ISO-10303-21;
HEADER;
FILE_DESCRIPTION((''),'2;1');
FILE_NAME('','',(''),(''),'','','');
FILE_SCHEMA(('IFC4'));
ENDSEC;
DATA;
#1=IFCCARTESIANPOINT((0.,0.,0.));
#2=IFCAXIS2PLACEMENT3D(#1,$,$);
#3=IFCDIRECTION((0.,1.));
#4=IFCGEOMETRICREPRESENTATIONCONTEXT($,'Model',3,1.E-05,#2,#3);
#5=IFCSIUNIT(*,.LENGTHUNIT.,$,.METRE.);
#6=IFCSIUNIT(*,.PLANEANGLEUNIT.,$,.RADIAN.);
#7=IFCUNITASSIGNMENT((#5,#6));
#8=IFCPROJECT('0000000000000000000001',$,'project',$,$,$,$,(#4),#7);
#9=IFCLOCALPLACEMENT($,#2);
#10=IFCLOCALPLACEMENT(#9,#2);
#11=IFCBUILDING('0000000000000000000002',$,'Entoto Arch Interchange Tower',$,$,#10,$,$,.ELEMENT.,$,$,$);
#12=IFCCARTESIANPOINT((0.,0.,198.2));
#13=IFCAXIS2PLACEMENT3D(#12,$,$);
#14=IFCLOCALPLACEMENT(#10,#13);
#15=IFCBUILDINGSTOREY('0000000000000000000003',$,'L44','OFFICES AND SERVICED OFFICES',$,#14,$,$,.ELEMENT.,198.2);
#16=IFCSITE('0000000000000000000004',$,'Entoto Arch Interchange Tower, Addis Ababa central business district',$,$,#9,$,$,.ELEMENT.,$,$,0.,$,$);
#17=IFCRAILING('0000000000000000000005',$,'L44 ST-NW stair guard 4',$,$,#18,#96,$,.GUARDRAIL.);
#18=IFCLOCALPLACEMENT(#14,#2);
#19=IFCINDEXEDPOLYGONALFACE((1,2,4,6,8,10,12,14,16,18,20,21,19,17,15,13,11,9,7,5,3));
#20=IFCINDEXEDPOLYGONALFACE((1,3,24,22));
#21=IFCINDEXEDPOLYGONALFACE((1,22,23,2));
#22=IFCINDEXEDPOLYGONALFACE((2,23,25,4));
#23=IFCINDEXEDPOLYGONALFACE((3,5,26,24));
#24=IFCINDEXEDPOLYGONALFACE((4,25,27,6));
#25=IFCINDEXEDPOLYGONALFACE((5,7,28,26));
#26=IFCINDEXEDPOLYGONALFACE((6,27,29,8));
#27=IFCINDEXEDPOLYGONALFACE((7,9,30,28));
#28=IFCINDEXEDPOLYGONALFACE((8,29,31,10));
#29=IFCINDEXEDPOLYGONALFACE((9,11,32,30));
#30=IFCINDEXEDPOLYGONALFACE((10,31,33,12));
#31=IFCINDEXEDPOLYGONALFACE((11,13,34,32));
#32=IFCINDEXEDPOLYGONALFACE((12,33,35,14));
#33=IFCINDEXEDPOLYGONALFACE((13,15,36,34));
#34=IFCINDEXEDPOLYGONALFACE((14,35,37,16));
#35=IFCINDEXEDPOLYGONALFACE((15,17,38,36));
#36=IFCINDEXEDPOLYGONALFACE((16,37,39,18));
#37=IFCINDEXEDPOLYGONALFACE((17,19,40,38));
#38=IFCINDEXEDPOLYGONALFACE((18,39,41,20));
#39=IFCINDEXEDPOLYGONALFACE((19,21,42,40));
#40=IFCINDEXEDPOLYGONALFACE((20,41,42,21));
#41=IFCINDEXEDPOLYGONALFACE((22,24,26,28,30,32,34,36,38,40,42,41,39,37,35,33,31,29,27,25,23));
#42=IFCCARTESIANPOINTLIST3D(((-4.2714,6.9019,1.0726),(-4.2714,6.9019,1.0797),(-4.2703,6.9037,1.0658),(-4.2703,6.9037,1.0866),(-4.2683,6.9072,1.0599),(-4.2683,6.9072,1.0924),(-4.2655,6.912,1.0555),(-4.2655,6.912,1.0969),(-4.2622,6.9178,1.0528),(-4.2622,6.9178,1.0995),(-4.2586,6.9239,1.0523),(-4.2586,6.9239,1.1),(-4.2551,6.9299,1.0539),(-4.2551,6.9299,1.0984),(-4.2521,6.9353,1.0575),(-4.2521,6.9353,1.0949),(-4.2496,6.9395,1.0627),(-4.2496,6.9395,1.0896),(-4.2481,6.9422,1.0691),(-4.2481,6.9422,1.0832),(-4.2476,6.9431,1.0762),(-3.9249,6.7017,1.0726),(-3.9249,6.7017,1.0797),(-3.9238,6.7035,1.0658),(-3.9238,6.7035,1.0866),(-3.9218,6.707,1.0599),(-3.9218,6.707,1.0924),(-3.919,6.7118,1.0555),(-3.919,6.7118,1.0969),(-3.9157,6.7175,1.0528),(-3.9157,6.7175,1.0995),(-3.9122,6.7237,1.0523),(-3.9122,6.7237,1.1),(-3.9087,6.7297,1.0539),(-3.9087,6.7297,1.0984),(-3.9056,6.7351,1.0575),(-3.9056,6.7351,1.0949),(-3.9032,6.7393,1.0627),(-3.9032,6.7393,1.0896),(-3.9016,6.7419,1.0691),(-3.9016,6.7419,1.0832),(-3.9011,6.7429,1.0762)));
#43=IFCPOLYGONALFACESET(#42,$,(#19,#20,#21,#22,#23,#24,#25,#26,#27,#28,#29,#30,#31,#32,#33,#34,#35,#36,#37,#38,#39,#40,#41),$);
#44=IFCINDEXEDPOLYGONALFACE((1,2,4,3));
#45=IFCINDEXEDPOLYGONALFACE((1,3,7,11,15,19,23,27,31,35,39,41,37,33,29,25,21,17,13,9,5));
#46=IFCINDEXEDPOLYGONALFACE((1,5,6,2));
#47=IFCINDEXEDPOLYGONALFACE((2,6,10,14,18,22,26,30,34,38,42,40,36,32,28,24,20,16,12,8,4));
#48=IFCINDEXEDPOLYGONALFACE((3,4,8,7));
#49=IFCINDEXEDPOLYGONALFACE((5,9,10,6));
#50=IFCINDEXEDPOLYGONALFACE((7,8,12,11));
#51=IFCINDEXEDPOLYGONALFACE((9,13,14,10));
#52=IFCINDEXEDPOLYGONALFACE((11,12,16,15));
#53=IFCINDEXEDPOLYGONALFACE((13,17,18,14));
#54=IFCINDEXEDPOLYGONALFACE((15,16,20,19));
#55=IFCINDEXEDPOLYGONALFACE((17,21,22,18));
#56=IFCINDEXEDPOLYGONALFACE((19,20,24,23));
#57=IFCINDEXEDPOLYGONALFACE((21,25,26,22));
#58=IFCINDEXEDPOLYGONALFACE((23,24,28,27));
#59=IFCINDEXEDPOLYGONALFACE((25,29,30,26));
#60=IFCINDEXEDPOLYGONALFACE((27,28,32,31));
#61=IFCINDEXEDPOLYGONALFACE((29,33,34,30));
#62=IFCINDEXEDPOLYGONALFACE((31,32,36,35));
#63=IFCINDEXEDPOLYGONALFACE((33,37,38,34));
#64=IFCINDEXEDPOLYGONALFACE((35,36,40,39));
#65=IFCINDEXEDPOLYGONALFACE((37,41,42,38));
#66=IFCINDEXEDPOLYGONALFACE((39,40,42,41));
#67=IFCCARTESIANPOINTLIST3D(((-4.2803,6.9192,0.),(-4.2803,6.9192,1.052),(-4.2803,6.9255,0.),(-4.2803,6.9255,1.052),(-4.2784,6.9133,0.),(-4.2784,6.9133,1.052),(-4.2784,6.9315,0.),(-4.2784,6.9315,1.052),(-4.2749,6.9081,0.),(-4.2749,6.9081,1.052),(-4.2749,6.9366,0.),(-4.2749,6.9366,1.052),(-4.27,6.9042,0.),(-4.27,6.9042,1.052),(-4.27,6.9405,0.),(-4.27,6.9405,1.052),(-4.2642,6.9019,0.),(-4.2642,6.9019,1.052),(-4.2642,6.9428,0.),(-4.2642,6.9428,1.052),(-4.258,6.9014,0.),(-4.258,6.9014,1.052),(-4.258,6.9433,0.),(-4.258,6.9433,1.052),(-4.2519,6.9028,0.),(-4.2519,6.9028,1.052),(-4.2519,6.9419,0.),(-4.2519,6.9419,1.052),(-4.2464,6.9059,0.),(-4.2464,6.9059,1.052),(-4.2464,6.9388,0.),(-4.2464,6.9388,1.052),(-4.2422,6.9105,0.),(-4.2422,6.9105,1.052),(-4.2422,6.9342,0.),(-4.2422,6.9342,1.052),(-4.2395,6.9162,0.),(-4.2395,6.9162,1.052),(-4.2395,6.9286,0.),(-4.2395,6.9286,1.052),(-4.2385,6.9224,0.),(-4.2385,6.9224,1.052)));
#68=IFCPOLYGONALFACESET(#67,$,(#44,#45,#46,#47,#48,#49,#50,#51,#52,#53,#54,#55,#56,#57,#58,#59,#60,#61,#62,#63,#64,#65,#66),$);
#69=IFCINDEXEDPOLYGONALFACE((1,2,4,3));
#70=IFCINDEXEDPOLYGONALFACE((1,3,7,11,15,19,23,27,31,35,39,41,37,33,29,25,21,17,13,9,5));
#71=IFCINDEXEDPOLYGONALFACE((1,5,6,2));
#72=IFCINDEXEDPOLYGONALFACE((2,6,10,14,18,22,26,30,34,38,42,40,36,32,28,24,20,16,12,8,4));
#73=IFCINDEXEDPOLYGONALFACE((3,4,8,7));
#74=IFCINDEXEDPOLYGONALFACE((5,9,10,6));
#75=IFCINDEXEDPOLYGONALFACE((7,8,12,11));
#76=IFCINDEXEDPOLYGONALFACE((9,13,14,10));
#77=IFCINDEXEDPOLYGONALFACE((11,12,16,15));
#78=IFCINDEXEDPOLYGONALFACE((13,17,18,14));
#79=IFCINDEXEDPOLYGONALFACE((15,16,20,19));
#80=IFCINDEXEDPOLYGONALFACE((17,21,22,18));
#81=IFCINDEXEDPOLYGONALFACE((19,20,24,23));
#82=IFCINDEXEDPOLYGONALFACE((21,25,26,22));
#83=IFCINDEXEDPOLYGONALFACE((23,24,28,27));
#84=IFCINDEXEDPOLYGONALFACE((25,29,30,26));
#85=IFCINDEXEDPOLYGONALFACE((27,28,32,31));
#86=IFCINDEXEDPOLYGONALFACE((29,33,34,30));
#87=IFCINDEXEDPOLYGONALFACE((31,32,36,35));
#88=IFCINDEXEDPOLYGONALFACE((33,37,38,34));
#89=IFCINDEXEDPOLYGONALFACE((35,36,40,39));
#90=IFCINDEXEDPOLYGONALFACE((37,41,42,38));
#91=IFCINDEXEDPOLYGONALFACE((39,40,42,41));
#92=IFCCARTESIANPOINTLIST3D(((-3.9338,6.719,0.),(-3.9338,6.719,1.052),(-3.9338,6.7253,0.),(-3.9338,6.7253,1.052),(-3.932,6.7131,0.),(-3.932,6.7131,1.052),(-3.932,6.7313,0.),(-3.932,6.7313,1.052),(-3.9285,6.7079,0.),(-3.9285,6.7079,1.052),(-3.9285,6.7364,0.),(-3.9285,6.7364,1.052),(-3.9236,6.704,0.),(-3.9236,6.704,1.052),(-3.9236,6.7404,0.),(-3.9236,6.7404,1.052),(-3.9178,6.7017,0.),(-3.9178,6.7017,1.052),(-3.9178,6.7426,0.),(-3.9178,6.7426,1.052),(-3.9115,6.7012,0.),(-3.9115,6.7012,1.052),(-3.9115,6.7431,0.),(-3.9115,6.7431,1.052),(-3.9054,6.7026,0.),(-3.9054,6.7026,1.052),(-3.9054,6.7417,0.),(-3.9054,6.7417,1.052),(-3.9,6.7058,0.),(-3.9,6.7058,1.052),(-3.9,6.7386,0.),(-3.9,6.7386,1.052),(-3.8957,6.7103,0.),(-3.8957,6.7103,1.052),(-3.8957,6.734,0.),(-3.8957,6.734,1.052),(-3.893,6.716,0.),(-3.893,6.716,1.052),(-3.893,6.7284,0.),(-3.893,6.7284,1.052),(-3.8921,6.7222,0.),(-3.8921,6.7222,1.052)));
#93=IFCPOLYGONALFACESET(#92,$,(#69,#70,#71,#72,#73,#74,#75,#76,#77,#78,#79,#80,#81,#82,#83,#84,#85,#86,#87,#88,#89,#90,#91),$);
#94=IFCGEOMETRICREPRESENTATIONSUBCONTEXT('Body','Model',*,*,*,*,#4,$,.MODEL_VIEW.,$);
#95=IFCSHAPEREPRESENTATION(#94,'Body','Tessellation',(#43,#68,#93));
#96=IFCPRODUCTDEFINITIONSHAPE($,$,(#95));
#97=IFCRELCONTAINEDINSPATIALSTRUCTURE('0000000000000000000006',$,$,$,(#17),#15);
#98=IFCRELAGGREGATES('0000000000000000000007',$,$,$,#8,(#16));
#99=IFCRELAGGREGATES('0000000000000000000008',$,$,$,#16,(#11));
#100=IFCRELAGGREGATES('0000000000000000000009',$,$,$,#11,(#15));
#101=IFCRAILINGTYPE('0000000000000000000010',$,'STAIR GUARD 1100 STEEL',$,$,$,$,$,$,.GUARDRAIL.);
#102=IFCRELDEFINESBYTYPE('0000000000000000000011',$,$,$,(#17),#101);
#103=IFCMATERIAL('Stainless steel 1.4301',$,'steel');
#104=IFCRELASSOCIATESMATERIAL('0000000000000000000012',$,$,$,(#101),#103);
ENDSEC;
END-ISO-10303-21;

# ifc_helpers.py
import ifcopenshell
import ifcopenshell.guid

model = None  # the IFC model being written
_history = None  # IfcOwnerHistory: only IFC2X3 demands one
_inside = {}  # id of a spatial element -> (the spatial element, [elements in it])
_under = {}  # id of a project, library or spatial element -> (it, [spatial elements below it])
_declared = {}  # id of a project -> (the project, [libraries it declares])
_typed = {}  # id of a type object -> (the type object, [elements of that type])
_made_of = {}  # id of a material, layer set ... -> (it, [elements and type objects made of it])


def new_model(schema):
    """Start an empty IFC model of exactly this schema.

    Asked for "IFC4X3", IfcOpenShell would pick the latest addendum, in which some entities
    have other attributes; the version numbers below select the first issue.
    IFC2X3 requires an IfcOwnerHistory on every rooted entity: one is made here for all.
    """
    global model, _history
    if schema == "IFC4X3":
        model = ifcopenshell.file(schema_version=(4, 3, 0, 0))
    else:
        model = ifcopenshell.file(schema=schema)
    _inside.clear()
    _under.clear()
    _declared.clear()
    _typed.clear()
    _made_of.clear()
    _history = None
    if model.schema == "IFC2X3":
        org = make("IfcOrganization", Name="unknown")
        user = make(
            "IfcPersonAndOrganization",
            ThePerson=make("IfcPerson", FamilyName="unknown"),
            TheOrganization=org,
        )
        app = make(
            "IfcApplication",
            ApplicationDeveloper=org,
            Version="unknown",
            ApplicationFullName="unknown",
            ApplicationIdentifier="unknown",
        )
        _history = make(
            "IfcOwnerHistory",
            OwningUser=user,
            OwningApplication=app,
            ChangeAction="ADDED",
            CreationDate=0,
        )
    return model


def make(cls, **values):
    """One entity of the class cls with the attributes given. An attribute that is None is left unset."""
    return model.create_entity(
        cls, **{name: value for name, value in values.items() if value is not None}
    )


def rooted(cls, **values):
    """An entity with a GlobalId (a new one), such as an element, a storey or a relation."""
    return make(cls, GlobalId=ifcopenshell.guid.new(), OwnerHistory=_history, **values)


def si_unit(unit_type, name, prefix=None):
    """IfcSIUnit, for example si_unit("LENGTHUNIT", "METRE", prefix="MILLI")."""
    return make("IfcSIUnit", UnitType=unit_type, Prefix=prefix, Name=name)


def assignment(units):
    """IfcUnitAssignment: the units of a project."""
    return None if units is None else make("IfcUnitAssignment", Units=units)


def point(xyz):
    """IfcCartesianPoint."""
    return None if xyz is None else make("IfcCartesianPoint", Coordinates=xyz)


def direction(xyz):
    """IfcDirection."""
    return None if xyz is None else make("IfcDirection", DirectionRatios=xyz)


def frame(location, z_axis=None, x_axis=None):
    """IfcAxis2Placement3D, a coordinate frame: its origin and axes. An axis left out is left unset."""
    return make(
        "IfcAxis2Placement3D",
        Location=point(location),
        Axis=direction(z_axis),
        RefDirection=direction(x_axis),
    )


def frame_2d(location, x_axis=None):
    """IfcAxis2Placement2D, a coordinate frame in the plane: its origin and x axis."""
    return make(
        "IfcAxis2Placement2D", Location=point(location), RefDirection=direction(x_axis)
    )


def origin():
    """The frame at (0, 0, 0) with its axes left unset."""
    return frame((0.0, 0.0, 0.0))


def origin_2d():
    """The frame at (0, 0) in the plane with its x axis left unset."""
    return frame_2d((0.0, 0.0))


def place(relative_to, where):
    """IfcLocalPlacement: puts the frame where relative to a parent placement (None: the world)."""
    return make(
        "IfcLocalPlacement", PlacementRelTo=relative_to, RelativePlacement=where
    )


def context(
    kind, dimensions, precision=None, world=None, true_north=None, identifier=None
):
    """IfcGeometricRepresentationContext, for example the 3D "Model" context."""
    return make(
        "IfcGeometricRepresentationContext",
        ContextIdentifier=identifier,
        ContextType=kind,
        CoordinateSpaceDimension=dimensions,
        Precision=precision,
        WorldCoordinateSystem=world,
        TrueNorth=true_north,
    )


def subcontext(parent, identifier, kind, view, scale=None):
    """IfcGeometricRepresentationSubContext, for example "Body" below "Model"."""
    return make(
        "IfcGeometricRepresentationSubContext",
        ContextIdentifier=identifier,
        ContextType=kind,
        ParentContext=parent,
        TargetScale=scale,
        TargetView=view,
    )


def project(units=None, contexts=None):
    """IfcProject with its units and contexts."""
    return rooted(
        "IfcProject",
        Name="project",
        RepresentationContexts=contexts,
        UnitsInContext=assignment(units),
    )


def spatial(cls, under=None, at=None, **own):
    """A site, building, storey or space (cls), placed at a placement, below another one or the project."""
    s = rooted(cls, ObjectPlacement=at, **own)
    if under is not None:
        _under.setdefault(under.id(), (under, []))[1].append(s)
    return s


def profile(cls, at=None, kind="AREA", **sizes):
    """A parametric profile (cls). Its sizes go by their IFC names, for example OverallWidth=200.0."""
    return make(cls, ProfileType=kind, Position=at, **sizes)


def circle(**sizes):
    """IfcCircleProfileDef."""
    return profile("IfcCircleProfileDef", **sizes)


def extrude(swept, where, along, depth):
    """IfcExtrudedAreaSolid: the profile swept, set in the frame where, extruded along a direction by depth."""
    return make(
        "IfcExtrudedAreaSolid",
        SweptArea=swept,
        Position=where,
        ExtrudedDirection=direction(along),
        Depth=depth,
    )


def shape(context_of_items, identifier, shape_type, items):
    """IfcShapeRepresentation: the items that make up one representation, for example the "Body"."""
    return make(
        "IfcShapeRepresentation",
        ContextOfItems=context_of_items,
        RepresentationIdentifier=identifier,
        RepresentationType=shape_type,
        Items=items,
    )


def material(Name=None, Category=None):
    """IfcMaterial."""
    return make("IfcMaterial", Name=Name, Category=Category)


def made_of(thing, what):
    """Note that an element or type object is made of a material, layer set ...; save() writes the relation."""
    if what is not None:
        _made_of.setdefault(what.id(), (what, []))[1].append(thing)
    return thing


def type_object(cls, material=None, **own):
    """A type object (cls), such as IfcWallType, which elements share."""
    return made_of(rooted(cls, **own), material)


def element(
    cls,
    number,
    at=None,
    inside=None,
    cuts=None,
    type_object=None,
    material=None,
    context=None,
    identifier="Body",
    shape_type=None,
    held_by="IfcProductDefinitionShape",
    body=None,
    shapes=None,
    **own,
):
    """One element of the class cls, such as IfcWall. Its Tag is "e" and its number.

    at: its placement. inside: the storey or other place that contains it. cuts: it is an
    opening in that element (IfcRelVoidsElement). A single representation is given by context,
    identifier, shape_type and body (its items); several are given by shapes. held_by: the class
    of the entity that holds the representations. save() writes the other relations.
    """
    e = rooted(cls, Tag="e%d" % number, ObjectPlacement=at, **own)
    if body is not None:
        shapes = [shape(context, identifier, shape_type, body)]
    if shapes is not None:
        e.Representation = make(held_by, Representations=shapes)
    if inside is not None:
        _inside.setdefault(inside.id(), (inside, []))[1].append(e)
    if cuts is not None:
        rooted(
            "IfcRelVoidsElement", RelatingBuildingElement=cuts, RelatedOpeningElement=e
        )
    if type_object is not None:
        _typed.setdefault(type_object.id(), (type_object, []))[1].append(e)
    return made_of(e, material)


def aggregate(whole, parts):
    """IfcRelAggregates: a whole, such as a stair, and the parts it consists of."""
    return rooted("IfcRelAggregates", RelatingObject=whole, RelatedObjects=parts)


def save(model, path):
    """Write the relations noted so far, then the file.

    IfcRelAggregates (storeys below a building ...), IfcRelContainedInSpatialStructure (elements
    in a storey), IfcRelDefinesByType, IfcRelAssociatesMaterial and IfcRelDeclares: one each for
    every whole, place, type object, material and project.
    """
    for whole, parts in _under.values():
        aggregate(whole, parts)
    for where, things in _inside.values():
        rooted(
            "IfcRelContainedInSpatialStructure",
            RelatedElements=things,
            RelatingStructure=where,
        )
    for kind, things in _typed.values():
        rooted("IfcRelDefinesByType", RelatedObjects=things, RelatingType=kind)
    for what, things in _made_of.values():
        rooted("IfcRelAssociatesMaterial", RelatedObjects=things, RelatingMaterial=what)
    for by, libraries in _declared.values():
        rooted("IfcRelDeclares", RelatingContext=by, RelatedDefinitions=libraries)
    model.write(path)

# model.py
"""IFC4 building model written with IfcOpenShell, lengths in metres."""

from ifc_helpers import new_model, si_unit, direction, frame, origin, origin_2d, place, context, subcontext, project, spatial, circle, extrude, material, type_object, element, save


model = new_model("IFC4")

# Units and contexts
model_context = context("Model", 3, precision=1e-05, world=origin(), true_north=direction((0.0, 1.0)))
body_context = subcontext(model_context, "Body", "Model", "MODEL_VIEW")
ifc_project = project(units=[si_unit("LENGTHUNIT", "METRE"), si_unit("PLANEANGLEUNIT", "RADIAN")], contexts=[model_context])

# Site, building, storey
site_placement = place(None, origin())
site = spatial("IfcSite", under=ifc_project, at=site_placement, Name="Entoto Arch Interchange Tower, Addis Ababa central business district", CompositionType="ELEMENT", RefElevation=0.0)
building_placement = place(site_placement, origin())
building = spatial("IfcBuilding", under=site, at=building_placement, Name="Entoto Arch Interchange Tower", CompositionType="ELEMENT")
storey_placement = place(building_placement, frame((0.0, 0.0, 198.2)))
storey = spatial("IfcBuildingStorey", under=building, at=storey_placement, Name="L44", Description="OFFICES AND SERVICED OFFICES", CompositionType="ELEMENT", Elevation=198.2)

# Railing
ifc_material_1 = material(Name="Stainless steel 1.4301", Category="steel")
railing_type_1 = type_object("IfcRailingType", Name="STAIR GUARD 1100 STEEL", PredefinedType="GUARDRAIL", material=ifc_material_1)
railing_1_placement = place(storey_placement, frame((-4.2595, 6.9224, 0.0)))
element("IfcRailing", 1, at=railing_1_placement, inside=storey, type_object=railing_type_1, Name="L44 ST-NW stair guard 4", PredefinedType="GUARDRAIL", context=body_context, shape_type="SweptSolid", body=[
    extrude(circle(Radius=0.0239, at=origin_2d()), frame((0.0, 0.0, 1.0762), z_axis=(0.86583, -0.500339, 0.0), x_axis=(0.500339, 0.86583, 0.0)), (0.0, 0.0, 1.0), 0.4001),
    extrude(circle(Radius=0.021, at=origin_2d()), origin(), (0.0, 0.0, 1.0), 1.052),
    extrude(circle(Radius=0.021, at=origin_2d()), frame((0.3464, -0.2002, 0.0)), (0.0, 0.0, 1.0), 1.052),
])

save(model, "model.ifc")
